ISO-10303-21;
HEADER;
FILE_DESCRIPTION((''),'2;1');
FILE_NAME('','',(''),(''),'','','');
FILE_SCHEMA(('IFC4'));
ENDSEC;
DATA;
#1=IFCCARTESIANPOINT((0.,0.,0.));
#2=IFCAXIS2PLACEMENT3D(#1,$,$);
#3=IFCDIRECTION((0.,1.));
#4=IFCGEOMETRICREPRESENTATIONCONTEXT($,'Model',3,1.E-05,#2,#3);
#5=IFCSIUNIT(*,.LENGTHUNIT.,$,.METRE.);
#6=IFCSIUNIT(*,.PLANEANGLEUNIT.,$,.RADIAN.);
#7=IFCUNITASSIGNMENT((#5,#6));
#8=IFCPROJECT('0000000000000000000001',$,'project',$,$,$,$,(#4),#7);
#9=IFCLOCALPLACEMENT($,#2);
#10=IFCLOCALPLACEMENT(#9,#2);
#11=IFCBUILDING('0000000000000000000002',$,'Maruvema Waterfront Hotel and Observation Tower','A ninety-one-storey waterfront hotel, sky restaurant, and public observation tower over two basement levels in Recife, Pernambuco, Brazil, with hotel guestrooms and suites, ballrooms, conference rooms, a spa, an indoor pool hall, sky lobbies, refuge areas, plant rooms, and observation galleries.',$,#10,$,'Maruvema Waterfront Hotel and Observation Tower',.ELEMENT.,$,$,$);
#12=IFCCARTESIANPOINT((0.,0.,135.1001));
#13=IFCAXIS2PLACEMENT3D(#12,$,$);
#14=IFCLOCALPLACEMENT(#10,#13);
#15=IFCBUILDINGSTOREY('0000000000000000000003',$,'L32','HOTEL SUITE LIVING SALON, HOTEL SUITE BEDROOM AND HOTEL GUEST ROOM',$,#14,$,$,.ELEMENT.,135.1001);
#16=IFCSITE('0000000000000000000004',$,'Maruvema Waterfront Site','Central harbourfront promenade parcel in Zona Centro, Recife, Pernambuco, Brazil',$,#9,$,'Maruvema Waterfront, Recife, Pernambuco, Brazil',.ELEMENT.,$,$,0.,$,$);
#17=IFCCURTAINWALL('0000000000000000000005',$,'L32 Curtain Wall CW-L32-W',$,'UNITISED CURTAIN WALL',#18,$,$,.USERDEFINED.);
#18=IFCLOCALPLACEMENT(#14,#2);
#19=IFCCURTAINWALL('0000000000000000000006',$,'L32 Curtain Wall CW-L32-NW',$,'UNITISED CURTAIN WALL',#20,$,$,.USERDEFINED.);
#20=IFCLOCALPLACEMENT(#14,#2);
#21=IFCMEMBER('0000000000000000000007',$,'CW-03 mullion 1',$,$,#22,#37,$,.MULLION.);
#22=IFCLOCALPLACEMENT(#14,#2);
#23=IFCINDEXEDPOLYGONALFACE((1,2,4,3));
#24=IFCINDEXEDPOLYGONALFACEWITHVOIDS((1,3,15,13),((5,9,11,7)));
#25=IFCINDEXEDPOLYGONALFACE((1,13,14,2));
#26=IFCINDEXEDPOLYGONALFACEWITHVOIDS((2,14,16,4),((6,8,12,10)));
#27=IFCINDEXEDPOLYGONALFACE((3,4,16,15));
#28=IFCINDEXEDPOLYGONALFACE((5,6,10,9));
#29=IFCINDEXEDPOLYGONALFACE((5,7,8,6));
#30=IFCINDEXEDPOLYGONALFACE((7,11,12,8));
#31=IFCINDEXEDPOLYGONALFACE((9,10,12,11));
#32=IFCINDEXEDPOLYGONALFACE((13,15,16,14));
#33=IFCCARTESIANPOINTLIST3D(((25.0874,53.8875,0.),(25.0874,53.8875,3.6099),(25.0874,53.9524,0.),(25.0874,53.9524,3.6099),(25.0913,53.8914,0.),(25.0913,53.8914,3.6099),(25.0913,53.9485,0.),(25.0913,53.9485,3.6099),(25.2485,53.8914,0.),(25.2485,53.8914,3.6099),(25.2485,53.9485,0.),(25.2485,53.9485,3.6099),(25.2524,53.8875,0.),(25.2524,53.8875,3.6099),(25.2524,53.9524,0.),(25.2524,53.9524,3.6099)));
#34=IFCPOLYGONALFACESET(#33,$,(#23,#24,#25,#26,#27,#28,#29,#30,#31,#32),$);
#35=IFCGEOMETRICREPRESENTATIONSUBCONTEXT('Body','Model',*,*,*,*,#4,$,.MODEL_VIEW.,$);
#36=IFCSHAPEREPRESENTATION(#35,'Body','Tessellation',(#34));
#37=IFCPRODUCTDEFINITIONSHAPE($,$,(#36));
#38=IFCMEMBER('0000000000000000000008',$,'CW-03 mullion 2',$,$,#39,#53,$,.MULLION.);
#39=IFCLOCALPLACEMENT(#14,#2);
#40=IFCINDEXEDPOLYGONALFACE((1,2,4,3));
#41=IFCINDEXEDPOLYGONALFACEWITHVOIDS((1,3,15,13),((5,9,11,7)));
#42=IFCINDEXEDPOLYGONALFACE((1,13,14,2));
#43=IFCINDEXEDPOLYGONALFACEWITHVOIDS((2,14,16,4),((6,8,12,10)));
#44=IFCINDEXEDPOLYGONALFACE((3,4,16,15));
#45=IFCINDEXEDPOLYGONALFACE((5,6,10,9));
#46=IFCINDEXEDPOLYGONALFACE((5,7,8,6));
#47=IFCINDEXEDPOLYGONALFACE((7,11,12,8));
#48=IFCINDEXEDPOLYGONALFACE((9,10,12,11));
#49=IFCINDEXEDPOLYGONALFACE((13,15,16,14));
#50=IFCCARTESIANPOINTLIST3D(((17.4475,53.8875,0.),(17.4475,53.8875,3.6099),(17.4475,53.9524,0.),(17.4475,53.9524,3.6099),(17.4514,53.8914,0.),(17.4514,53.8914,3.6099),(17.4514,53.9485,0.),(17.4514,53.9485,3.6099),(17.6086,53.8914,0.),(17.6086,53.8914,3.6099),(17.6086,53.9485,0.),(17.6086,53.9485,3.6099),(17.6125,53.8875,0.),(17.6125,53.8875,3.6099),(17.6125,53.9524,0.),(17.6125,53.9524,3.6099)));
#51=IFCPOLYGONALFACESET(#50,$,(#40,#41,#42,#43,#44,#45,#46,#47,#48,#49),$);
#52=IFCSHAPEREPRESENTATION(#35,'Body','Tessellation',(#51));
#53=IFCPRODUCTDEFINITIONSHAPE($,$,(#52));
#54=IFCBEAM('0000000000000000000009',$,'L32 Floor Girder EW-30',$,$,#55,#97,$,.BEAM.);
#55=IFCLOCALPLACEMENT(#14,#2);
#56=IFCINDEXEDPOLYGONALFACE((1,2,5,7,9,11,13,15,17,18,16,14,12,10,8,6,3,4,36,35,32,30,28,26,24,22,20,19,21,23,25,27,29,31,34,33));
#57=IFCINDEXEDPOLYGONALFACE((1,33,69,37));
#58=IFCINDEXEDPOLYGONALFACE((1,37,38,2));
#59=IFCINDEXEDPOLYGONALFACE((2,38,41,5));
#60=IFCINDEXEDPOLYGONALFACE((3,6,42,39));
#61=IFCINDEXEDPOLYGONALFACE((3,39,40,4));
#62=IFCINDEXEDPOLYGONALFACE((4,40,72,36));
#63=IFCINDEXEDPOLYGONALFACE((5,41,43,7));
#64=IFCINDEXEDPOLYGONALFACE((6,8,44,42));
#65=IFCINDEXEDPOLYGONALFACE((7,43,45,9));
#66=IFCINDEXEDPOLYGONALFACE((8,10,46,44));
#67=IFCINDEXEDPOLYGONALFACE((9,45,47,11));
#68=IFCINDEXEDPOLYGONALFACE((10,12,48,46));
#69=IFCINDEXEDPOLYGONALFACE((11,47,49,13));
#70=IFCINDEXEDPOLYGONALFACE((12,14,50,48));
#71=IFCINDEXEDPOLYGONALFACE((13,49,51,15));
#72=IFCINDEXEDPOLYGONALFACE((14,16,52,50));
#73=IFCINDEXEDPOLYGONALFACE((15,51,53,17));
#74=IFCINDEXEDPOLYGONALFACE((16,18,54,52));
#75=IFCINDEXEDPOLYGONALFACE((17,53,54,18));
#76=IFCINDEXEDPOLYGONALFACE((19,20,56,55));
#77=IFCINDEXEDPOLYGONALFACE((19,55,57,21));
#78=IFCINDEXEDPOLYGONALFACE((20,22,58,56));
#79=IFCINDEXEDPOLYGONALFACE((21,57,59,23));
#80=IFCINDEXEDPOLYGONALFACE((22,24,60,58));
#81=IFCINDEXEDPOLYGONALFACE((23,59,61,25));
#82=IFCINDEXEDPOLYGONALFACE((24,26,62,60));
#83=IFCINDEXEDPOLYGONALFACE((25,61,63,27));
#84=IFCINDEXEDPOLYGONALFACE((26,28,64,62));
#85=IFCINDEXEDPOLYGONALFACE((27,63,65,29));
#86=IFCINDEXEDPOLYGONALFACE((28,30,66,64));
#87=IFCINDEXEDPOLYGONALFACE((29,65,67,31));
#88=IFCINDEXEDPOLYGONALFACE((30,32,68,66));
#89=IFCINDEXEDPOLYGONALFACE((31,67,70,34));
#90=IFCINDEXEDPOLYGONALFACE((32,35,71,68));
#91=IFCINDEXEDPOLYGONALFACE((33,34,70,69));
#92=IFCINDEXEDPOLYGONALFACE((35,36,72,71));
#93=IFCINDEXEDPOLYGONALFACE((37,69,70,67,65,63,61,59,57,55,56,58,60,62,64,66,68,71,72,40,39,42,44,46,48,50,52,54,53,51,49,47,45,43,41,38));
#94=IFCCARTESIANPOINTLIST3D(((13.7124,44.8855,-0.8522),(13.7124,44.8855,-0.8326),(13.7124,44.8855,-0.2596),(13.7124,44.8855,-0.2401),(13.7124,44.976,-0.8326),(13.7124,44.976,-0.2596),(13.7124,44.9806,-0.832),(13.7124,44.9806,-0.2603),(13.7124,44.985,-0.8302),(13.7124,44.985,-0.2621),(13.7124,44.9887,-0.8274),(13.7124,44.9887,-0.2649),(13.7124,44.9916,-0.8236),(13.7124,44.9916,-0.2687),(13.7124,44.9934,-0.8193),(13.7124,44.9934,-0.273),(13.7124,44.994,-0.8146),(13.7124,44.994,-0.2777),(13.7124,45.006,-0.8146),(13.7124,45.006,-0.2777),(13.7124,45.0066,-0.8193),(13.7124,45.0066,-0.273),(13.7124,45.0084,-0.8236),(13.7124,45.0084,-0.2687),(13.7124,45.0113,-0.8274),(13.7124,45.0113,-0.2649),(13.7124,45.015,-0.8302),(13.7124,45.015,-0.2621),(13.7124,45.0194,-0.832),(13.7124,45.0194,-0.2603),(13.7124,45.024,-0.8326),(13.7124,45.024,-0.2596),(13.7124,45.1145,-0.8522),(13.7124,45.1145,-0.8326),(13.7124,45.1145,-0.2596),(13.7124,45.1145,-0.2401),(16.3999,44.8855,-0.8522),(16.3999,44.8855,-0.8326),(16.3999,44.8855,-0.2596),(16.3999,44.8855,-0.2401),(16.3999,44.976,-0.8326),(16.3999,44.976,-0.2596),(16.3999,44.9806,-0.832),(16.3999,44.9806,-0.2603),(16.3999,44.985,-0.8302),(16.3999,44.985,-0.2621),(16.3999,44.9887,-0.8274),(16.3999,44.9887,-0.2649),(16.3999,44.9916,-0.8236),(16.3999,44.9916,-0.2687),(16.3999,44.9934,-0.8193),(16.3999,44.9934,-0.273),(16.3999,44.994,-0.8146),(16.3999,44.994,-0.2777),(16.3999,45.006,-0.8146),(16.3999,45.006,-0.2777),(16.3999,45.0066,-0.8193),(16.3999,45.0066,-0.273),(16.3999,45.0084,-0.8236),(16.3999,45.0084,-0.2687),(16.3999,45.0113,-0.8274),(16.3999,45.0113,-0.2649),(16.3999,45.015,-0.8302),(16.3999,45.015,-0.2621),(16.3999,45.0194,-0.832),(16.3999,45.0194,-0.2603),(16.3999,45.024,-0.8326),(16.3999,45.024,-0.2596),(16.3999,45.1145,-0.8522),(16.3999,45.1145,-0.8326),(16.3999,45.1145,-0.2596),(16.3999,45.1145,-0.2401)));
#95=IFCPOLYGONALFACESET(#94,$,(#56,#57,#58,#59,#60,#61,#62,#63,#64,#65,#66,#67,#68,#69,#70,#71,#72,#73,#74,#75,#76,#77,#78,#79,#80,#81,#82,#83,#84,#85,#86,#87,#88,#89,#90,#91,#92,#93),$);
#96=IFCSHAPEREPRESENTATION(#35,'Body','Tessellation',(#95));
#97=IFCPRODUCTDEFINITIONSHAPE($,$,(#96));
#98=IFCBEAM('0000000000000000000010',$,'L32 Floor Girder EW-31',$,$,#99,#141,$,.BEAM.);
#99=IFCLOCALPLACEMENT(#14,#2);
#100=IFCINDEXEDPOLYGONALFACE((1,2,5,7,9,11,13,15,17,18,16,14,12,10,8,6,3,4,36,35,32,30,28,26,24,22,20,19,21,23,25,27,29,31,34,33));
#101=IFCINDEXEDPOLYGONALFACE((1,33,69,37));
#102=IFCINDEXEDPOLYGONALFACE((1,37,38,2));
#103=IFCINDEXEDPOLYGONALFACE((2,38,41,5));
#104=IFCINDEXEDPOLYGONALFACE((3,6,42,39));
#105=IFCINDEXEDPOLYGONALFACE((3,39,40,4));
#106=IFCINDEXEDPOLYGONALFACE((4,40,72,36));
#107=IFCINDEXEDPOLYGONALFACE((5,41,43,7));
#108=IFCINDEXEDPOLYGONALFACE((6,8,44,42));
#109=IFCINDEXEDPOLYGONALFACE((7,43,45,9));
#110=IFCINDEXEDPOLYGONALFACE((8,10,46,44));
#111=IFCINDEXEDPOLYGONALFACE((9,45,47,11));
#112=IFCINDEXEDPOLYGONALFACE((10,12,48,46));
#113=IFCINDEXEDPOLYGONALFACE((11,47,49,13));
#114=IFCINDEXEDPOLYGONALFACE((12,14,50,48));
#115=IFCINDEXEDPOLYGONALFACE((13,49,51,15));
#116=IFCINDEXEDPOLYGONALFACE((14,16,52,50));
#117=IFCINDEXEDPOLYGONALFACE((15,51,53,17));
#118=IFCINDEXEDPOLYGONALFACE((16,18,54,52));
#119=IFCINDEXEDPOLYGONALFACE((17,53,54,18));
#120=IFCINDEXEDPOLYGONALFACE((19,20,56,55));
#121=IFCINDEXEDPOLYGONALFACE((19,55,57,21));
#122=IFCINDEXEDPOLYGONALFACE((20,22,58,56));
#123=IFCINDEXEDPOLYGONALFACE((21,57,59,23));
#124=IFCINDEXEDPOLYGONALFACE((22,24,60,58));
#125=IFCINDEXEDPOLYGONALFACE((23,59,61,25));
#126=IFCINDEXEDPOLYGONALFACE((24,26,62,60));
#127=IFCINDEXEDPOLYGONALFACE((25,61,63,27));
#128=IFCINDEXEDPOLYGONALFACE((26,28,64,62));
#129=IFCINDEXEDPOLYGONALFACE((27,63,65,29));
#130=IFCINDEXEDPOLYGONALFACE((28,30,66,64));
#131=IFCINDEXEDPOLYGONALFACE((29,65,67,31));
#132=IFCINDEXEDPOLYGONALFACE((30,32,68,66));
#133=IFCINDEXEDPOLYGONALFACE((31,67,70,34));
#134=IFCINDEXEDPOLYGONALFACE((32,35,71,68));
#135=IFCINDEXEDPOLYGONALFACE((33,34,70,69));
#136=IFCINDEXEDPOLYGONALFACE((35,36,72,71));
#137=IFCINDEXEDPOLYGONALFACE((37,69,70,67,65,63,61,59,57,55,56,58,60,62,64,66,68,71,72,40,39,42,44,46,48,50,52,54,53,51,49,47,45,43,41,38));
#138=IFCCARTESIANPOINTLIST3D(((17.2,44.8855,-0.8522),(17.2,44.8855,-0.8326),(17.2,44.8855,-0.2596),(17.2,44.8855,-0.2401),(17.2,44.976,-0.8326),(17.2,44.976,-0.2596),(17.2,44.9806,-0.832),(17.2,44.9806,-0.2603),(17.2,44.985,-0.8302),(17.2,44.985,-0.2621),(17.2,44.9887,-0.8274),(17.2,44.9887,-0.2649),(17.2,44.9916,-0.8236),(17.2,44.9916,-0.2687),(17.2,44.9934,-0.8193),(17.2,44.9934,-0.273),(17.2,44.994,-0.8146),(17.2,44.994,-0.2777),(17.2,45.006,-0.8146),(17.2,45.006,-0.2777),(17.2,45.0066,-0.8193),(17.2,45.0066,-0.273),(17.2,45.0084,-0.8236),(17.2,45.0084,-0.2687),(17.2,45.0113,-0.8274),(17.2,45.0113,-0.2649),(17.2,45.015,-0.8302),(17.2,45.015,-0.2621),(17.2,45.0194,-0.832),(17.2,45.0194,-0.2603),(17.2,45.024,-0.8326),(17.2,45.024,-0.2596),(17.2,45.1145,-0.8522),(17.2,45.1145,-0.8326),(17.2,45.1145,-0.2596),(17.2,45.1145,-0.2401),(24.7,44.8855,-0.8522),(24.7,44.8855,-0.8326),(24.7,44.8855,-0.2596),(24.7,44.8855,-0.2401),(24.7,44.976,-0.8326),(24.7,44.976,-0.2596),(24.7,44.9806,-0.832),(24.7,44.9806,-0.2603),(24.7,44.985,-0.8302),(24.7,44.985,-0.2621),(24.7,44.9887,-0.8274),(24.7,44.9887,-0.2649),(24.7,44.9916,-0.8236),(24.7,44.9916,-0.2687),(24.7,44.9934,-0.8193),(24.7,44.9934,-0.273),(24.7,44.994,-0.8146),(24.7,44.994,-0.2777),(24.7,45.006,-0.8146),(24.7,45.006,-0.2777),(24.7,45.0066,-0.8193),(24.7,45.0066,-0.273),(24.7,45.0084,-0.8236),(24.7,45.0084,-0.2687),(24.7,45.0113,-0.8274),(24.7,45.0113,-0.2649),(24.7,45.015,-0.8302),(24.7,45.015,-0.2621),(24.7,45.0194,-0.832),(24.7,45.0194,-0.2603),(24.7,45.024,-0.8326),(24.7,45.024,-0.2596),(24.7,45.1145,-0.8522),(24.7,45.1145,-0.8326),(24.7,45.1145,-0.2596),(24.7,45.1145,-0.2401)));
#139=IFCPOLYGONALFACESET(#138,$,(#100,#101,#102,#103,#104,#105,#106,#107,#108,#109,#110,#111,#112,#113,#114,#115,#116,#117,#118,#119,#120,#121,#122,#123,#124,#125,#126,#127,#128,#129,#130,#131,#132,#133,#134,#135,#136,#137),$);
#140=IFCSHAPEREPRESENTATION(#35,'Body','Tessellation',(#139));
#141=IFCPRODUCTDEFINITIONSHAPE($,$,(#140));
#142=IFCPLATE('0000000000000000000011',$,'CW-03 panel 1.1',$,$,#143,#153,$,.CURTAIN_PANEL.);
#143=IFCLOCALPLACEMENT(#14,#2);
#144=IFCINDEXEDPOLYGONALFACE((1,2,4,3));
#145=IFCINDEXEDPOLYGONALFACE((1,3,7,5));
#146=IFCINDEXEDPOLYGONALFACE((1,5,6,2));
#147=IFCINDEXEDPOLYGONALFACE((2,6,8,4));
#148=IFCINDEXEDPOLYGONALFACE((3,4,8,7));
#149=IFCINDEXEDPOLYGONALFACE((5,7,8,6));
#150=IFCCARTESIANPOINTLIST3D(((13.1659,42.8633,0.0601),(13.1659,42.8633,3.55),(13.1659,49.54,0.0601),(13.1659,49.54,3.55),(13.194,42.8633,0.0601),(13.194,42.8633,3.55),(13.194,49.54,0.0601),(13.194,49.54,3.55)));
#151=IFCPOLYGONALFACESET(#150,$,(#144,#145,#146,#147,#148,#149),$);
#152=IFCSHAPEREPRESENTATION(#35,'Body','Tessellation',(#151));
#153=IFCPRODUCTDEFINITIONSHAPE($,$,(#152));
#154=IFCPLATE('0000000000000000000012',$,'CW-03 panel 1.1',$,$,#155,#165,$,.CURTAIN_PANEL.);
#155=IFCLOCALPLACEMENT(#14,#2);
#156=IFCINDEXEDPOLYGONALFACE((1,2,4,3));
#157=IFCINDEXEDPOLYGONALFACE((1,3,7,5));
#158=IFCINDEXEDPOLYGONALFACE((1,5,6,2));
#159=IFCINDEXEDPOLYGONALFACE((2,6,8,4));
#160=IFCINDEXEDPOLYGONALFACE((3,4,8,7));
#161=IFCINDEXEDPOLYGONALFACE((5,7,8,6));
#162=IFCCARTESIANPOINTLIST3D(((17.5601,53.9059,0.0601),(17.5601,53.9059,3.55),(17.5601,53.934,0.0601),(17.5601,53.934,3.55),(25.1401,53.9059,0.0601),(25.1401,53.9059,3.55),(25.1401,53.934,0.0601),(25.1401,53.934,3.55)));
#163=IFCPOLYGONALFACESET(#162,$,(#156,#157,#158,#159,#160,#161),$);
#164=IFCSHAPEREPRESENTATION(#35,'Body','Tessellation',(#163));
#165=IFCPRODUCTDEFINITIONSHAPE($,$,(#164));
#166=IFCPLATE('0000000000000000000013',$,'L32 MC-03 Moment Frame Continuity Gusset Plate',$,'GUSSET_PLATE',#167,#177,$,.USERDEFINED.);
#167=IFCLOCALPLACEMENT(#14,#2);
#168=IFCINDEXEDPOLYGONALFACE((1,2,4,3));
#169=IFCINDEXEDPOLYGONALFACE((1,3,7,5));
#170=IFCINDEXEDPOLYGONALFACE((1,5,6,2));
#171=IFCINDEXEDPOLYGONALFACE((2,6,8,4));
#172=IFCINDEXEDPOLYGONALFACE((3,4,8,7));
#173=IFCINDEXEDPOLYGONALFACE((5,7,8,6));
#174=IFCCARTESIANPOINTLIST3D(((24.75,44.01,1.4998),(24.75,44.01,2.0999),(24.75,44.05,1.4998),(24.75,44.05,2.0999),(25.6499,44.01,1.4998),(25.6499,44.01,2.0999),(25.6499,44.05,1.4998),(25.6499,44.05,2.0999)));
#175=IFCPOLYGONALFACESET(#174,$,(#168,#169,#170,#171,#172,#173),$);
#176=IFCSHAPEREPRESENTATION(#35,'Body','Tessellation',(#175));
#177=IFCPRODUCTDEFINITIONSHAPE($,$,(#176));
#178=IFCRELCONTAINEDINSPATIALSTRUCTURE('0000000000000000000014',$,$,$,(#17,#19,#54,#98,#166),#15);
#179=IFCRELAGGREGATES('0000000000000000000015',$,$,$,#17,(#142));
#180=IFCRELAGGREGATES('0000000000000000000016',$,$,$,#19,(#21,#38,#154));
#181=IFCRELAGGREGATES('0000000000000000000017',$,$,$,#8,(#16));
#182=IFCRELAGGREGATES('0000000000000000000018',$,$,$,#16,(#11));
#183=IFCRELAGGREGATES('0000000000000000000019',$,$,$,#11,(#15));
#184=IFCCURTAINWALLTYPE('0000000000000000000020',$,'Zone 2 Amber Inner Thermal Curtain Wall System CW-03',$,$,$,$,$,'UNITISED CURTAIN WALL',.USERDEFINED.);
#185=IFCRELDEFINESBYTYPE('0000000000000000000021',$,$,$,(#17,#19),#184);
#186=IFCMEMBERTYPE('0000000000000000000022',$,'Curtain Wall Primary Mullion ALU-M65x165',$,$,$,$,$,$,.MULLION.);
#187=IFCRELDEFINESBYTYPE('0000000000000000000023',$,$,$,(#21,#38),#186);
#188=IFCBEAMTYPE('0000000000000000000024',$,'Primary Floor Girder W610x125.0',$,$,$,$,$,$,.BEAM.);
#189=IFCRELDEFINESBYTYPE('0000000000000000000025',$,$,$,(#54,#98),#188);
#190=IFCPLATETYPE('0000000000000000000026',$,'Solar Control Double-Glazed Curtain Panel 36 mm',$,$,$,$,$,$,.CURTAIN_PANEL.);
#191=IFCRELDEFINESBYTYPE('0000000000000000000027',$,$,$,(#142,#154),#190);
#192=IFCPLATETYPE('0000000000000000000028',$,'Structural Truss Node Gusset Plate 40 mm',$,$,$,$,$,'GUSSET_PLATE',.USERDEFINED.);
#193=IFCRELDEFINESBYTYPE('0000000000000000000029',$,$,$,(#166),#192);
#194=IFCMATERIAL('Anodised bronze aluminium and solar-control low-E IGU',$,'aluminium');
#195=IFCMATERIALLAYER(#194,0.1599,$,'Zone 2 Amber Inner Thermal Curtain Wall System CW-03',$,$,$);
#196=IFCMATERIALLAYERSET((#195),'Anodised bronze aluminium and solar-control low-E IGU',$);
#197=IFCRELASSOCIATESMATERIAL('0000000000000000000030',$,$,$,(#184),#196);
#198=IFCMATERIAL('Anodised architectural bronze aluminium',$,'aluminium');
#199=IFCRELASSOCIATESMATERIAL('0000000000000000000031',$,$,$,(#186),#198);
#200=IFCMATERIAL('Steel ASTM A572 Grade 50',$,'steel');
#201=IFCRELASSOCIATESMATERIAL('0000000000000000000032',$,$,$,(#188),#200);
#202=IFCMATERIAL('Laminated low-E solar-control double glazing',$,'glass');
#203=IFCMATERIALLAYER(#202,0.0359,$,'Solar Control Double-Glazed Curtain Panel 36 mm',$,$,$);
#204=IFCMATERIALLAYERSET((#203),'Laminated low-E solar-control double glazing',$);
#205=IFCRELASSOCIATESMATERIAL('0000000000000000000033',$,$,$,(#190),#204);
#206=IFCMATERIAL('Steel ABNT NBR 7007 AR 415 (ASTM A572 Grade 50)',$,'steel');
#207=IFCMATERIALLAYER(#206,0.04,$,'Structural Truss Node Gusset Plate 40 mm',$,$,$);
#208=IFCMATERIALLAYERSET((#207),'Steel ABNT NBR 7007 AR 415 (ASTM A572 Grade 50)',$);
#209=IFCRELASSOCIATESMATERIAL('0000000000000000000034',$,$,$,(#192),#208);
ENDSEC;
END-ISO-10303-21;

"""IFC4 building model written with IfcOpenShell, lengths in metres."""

from ifc_helpers import new_model, si_unit, direction, frame, origin, origin_2d, place, context, subcontext, project, spatial, rectangle, hollow_rectangle, i_section, extrude, material, layer, layer_set, material_profile, profile_set, type_object, element, aggregate, save


model = new_model("IFC4")

# Units and contexts
model_context = context("Model", 3, precision=1e-05, world=origin(), true_north=direction((0.0, 1.0)))
body_context = subcontext(model_context, "Body", "Model", "MODEL_VIEW")
ifc_project = project(units=[si_unit("LENGTHUNIT", "METRE"), si_unit("PLANEANGLEUNIT", "RADIAN")], contexts=[model_context])

# Site, building, storey
site_placement = place(None, origin())
site = spatial("IfcSite", under=ifc_project, at=site_placement, Name="Maruvema Waterfront Site", Description="Central harbourfront promenade parcel in Zona Centro, Recife, Pernambuco, Brazil", LongName="Maruvema Waterfront, Recife, Pernambuco, Brazil", CompositionType="ELEMENT", RefElevation=0.0)
building_placement = place(site_placement, origin())
building = spatial("IfcBuilding", under=site, at=building_placement, Name="Maruvema Waterfront Hotel and Observation Tower", Description="A ninety-one-storey waterfront hotel, sky restaurant, and public observation tower over two basement levels in Recife, Pernambuco, Brazil, with hotel guestrooms and suites, ballrooms, conference rooms, a spa, an indoor pool hall, sky lobbies, refuge areas, plant rooms, and observation galleries.", LongName="Maruvema Waterfront Hotel and Observation Tower", CompositionType="ELEMENT")
storey_placement = place(building_placement, frame((0.0, 0.0, 135.1001)))
storey = spatial("IfcBuildingStorey", under=building, at=storey_placement, Name="L32", Description="HOTEL SUITE LIVING SALON, HOTEL SUITE BEDROOM AND HOTEL GUEST ROOM", CompositionType="ELEMENT", Elevation=135.1001)

# Curtain walls
ifc_material_1 = material(Name="Anodised bronze aluminium and solar-control low-E IGU", Category="aluminium")
ifc_layer_1 = layer(ifc_material_1, 0.1599, Name="Zone 2 Amber Inner Thermal Curtain Wall System CW-03")
ifc_layer_set_1 = layer_set([ifc_layer_1], Name="Anodised bronze aluminium and solar-control low-E IGU")
curtain_wall_type = type_object("IfcCurtainWallType", Name="Zone 2 Amber Inner Thermal Curtain Wall System CW-03", ElementType="UNITISED CURTAIN WALL", PredefinedType="USERDEFINED", material=ifc_layer_set_1)
curtain_wall_1_placement = place(storey_placement, origin())
curtain_wall_1 = element("IfcCurtainWall", 1, at=curtain_wall_1_placement, inside=storey, type_object=curtain_wall_type, Name="L32 Curtain Wall CW-L32-W", ObjectType="UNITISED CURTAIN WALL", PredefinedType="USERDEFINED")
curtain_wall_2_placement = place(storey_placement, origin())
curtain_wall_2 = element("IfcCurtainWall", 2, at=curtain_wall_2_placement, inside=storey, type_object=curtain_wall_type, Name="L32 Curtain Wall CW-L32-NW", ObjectType="UNITISED CURTAIN WALL", PredefinedType="USERDEFINED")

# Members
ifc_material_2 = material(Name="Anodised architectural bronze aluminium", Category="aluminium")
ifc_material_profile_1 = material_profile(ifc_material_2, hollow_rectangle(XDim=0.0649, YDim=0.165, WallThickness=0.0039, at=origin_2d()), Name="ALU-M65x165")
ifc_profile_set_1 = profile_set([ifc_material_profile_1], Name="Anodised architectural bronze aluminium")
member_type_1 = type_object("IfcMemberType", Name="Curtain Wall Primary Mullion ALU-M65x165", PredefinedType="MULLION", material=ifc_profile_set_1)
member_1_placement = place(storey_placement, frame((25.1699, 53.9199, 0.0), z_axis=(0.0, 0.0, 1.0), x_axis=(0.0, -1.0, 0.0)))
member_1 = element("IfcMember", 3, at=member_1_placement, type_object=member_type_1, Name="CW-03 mullion 1", PredefinedType="MULLION", context=body_context, shape_type="SweptSolid", body=[
    extrude(hollow_rectangle(XDim=0.0649, YDim=0.165, WallThickness=0.0039, at=origin_2d()), origin(), (0.0, 0.0, 1.0), 3.6099),
])
member_2_placement = place(storey_placement, frame((17.53, 53.9199, 0.0), z_axis=(0.0, 0.0, 1.0), x_axis=(0.0, -1.0, 0.0)))
member_2 = element("IfcMember", 4, at=member_2_placement, type_object=member_type_1, Name="CW-03 mullion 2", PredefinedType="MULLION", context=body_context, shape_type="SweptSolid", body=[
    extrude(hollow_rectangle(XDim=0.0649, YDim=0.165, WallThickness=0.0039, at=origin_2d()), origin(), (0.0, 0.0, 1.0), 3.6099),
])

# Beams
ifc_material_3 = material(Name="Steel ASTM A572 Grade 50", Category="steel")
ifc_material_profile_2 = material_profile(ifc_material_3, i_section(OverallWidth=0.229, OverallDepth=0.6121, WebThickness=0.012, FlangeThickness=0.0195, FilletRadius=0.0181, at=origin_2d()), Name="W610x125.0")
ifc_profile_set_2 = profile_set([ifc_material_profile_2], Name="Steel ASTM A572 Grade 50")
beam_type = type_object("IfcBeamType", Name="Primary Floor Girder W610x125.0", PredefinedType="BEAM", material=ifc_profile_set_2)
beam_1_placement = place(storey_placement, frame((13.7124, 45.0, -0.5461), z_axis=(1.0, 0.0, 0.0), x_axis=(0.0, 1.0, 0.0)))
element("IfcBeam", 5, at=beam_1_placement, inside=storey, type_object=beam_type, Name="L32 Floor Girder EW-30", PredefinedType="BEAM", context=body_context, shape_type="SweptSolid", body=[
    extrude(i_section(OverallWidth=0.229, OverallDepth=0.6121, WebThickness=0.012, FlangeThickness=0.0195, FilletRadius=0.0181, at=origin_2d()), origin(), (0.0, 0.0, 1.0), 2.6875),
])
beam_2_placement = place(storey_placement, frame((17.2, 45.0, -0.5461), z_axis=(1.0, 0.0, 0.0), x_axis=(0.0, 1.0, 0.0)))
element("IfcBeam", 6, at=beam_2_placement, inside=storey, type_object=beam_type, Name="L32 Floor Girder EW-31", PredefinedType="BEAM", context=body_context, shape_type="SweptSolid", body=[
    extrude(i_section(OverallWidth=0.229, OverallDepth=0.6121, WebThickness=0.012, FlangeThickness=0.0195, FilletRadius=0.0181, at=origin_2d()), origin(), (0.0, 0.0, 1.0), 7.5),
])

# Plates
ifc_material_4 = material(Name="Laminated low-E solar-control double glazing", Category="glass")
ifc_layer_2 = layer(ifc_material_4, 0.0359, Name="Solar Control Double-Glazed Curtain Panel 36 mm")
ifc_layer_set_2 = layer_set([ifc_layer_2], Name="Laminated low-E solar-control double glazing")
plate_type_1 = type_object("IfcPlateType", Name="Solar Control Double-Glazed Curtain Panel 36 mm", PredefinedType="CURTAIN_PANEL", material=ifc_layer_set_2)
plate_1_placement = place(storey_placement, frame((13.1799, 46.2017, 0.0601), z_axis=(0.0, 0.0, 1.0), x_axis=(0.0, -1.0, 0.0)))
plate_1 = element("IfcPlate", 7, at=plate_1_placement, type_object=plate_type_1, Name="CW-03 panel 1.1", PredefinedType="CURTAIN_PANEL", context=body_context, shape_type="SweptSolid", body=[
    extrude(rectangle(XDim=6.6768, YDim=0.0281, at=origin_2d()), origin(), (0.0, 0.0, 1.0), 3.49),
])
aggregate(curtain_wall_1, [plate_1])
plate_2_placement = place(storey_placement, frame((21.3501, 53.9199, 0.0601), z_axis=(0.0, 0.0, 1.0), x_axis=(-1.0, 0.0, 0.0)))
plate_2 = element("IfcPlate", 8, at=plate_2_placement, type_object=plate_type_1, Name="CW-03 panel 1.1", PredefinedType="CURTAIN_PANEL", context=body_context, shape_type="SweptSolid", body=[
    extrude(rectangle(XDim=7.5801, YDim=0.0281, at=origin_2d()), origin(), (0.0, 0.0, 1.0), 3.49),
])
aggregate(curtain_wall_2, [member_1, member_2, plate_2])
ifc_material_5 = material(Name="Steel ABNT NBR 7007 AR 415 (ASTM A572 Grade 50)", Category="steel")
ifc_layer_3 = layer(ifc_material_5, 0.04, Name="Structural Truss Node Gusset Plate 40 mm")
ifc_layer_set_3 = layer_set([ifc_layer_3], Name="Steel ABNT NBR 7007 AR 415 (ASTM A572 Grade 50)")
plate_type_2 = type_object("IfcPlateType", Name="Structural Truss Node Gusset Plate 40 mm", ElementType="GUSSET_PLATE", PredefinedType="USERDEFINED", material=ifc_layer_set_3)
plate_3_placement = place(storey_placement, frame((25.2, 44.03, 1.4998), z_axis=(0.0, 0.0, 1.0), x_axis=(1.0, 0.0, 0.0)))
element("IfcPlate", 9, at=plate_3_placement, inside=storey, type_object=plate_type_2, Name="L32 MC-03 Moment Frame Continuity Gusset Plate", ObjectType="GUSSET_PLATE", PredefinedType="USERDEFINED", context=body_context, shape_type="SweptSolid", body=[
    extrude(rectangle(XDim=0.8999, YDim=0.04, at=origin_2d()), origin(), (0.0, 0.0, 1.0), 0.6001),
])

save(model, "model.ifc")
